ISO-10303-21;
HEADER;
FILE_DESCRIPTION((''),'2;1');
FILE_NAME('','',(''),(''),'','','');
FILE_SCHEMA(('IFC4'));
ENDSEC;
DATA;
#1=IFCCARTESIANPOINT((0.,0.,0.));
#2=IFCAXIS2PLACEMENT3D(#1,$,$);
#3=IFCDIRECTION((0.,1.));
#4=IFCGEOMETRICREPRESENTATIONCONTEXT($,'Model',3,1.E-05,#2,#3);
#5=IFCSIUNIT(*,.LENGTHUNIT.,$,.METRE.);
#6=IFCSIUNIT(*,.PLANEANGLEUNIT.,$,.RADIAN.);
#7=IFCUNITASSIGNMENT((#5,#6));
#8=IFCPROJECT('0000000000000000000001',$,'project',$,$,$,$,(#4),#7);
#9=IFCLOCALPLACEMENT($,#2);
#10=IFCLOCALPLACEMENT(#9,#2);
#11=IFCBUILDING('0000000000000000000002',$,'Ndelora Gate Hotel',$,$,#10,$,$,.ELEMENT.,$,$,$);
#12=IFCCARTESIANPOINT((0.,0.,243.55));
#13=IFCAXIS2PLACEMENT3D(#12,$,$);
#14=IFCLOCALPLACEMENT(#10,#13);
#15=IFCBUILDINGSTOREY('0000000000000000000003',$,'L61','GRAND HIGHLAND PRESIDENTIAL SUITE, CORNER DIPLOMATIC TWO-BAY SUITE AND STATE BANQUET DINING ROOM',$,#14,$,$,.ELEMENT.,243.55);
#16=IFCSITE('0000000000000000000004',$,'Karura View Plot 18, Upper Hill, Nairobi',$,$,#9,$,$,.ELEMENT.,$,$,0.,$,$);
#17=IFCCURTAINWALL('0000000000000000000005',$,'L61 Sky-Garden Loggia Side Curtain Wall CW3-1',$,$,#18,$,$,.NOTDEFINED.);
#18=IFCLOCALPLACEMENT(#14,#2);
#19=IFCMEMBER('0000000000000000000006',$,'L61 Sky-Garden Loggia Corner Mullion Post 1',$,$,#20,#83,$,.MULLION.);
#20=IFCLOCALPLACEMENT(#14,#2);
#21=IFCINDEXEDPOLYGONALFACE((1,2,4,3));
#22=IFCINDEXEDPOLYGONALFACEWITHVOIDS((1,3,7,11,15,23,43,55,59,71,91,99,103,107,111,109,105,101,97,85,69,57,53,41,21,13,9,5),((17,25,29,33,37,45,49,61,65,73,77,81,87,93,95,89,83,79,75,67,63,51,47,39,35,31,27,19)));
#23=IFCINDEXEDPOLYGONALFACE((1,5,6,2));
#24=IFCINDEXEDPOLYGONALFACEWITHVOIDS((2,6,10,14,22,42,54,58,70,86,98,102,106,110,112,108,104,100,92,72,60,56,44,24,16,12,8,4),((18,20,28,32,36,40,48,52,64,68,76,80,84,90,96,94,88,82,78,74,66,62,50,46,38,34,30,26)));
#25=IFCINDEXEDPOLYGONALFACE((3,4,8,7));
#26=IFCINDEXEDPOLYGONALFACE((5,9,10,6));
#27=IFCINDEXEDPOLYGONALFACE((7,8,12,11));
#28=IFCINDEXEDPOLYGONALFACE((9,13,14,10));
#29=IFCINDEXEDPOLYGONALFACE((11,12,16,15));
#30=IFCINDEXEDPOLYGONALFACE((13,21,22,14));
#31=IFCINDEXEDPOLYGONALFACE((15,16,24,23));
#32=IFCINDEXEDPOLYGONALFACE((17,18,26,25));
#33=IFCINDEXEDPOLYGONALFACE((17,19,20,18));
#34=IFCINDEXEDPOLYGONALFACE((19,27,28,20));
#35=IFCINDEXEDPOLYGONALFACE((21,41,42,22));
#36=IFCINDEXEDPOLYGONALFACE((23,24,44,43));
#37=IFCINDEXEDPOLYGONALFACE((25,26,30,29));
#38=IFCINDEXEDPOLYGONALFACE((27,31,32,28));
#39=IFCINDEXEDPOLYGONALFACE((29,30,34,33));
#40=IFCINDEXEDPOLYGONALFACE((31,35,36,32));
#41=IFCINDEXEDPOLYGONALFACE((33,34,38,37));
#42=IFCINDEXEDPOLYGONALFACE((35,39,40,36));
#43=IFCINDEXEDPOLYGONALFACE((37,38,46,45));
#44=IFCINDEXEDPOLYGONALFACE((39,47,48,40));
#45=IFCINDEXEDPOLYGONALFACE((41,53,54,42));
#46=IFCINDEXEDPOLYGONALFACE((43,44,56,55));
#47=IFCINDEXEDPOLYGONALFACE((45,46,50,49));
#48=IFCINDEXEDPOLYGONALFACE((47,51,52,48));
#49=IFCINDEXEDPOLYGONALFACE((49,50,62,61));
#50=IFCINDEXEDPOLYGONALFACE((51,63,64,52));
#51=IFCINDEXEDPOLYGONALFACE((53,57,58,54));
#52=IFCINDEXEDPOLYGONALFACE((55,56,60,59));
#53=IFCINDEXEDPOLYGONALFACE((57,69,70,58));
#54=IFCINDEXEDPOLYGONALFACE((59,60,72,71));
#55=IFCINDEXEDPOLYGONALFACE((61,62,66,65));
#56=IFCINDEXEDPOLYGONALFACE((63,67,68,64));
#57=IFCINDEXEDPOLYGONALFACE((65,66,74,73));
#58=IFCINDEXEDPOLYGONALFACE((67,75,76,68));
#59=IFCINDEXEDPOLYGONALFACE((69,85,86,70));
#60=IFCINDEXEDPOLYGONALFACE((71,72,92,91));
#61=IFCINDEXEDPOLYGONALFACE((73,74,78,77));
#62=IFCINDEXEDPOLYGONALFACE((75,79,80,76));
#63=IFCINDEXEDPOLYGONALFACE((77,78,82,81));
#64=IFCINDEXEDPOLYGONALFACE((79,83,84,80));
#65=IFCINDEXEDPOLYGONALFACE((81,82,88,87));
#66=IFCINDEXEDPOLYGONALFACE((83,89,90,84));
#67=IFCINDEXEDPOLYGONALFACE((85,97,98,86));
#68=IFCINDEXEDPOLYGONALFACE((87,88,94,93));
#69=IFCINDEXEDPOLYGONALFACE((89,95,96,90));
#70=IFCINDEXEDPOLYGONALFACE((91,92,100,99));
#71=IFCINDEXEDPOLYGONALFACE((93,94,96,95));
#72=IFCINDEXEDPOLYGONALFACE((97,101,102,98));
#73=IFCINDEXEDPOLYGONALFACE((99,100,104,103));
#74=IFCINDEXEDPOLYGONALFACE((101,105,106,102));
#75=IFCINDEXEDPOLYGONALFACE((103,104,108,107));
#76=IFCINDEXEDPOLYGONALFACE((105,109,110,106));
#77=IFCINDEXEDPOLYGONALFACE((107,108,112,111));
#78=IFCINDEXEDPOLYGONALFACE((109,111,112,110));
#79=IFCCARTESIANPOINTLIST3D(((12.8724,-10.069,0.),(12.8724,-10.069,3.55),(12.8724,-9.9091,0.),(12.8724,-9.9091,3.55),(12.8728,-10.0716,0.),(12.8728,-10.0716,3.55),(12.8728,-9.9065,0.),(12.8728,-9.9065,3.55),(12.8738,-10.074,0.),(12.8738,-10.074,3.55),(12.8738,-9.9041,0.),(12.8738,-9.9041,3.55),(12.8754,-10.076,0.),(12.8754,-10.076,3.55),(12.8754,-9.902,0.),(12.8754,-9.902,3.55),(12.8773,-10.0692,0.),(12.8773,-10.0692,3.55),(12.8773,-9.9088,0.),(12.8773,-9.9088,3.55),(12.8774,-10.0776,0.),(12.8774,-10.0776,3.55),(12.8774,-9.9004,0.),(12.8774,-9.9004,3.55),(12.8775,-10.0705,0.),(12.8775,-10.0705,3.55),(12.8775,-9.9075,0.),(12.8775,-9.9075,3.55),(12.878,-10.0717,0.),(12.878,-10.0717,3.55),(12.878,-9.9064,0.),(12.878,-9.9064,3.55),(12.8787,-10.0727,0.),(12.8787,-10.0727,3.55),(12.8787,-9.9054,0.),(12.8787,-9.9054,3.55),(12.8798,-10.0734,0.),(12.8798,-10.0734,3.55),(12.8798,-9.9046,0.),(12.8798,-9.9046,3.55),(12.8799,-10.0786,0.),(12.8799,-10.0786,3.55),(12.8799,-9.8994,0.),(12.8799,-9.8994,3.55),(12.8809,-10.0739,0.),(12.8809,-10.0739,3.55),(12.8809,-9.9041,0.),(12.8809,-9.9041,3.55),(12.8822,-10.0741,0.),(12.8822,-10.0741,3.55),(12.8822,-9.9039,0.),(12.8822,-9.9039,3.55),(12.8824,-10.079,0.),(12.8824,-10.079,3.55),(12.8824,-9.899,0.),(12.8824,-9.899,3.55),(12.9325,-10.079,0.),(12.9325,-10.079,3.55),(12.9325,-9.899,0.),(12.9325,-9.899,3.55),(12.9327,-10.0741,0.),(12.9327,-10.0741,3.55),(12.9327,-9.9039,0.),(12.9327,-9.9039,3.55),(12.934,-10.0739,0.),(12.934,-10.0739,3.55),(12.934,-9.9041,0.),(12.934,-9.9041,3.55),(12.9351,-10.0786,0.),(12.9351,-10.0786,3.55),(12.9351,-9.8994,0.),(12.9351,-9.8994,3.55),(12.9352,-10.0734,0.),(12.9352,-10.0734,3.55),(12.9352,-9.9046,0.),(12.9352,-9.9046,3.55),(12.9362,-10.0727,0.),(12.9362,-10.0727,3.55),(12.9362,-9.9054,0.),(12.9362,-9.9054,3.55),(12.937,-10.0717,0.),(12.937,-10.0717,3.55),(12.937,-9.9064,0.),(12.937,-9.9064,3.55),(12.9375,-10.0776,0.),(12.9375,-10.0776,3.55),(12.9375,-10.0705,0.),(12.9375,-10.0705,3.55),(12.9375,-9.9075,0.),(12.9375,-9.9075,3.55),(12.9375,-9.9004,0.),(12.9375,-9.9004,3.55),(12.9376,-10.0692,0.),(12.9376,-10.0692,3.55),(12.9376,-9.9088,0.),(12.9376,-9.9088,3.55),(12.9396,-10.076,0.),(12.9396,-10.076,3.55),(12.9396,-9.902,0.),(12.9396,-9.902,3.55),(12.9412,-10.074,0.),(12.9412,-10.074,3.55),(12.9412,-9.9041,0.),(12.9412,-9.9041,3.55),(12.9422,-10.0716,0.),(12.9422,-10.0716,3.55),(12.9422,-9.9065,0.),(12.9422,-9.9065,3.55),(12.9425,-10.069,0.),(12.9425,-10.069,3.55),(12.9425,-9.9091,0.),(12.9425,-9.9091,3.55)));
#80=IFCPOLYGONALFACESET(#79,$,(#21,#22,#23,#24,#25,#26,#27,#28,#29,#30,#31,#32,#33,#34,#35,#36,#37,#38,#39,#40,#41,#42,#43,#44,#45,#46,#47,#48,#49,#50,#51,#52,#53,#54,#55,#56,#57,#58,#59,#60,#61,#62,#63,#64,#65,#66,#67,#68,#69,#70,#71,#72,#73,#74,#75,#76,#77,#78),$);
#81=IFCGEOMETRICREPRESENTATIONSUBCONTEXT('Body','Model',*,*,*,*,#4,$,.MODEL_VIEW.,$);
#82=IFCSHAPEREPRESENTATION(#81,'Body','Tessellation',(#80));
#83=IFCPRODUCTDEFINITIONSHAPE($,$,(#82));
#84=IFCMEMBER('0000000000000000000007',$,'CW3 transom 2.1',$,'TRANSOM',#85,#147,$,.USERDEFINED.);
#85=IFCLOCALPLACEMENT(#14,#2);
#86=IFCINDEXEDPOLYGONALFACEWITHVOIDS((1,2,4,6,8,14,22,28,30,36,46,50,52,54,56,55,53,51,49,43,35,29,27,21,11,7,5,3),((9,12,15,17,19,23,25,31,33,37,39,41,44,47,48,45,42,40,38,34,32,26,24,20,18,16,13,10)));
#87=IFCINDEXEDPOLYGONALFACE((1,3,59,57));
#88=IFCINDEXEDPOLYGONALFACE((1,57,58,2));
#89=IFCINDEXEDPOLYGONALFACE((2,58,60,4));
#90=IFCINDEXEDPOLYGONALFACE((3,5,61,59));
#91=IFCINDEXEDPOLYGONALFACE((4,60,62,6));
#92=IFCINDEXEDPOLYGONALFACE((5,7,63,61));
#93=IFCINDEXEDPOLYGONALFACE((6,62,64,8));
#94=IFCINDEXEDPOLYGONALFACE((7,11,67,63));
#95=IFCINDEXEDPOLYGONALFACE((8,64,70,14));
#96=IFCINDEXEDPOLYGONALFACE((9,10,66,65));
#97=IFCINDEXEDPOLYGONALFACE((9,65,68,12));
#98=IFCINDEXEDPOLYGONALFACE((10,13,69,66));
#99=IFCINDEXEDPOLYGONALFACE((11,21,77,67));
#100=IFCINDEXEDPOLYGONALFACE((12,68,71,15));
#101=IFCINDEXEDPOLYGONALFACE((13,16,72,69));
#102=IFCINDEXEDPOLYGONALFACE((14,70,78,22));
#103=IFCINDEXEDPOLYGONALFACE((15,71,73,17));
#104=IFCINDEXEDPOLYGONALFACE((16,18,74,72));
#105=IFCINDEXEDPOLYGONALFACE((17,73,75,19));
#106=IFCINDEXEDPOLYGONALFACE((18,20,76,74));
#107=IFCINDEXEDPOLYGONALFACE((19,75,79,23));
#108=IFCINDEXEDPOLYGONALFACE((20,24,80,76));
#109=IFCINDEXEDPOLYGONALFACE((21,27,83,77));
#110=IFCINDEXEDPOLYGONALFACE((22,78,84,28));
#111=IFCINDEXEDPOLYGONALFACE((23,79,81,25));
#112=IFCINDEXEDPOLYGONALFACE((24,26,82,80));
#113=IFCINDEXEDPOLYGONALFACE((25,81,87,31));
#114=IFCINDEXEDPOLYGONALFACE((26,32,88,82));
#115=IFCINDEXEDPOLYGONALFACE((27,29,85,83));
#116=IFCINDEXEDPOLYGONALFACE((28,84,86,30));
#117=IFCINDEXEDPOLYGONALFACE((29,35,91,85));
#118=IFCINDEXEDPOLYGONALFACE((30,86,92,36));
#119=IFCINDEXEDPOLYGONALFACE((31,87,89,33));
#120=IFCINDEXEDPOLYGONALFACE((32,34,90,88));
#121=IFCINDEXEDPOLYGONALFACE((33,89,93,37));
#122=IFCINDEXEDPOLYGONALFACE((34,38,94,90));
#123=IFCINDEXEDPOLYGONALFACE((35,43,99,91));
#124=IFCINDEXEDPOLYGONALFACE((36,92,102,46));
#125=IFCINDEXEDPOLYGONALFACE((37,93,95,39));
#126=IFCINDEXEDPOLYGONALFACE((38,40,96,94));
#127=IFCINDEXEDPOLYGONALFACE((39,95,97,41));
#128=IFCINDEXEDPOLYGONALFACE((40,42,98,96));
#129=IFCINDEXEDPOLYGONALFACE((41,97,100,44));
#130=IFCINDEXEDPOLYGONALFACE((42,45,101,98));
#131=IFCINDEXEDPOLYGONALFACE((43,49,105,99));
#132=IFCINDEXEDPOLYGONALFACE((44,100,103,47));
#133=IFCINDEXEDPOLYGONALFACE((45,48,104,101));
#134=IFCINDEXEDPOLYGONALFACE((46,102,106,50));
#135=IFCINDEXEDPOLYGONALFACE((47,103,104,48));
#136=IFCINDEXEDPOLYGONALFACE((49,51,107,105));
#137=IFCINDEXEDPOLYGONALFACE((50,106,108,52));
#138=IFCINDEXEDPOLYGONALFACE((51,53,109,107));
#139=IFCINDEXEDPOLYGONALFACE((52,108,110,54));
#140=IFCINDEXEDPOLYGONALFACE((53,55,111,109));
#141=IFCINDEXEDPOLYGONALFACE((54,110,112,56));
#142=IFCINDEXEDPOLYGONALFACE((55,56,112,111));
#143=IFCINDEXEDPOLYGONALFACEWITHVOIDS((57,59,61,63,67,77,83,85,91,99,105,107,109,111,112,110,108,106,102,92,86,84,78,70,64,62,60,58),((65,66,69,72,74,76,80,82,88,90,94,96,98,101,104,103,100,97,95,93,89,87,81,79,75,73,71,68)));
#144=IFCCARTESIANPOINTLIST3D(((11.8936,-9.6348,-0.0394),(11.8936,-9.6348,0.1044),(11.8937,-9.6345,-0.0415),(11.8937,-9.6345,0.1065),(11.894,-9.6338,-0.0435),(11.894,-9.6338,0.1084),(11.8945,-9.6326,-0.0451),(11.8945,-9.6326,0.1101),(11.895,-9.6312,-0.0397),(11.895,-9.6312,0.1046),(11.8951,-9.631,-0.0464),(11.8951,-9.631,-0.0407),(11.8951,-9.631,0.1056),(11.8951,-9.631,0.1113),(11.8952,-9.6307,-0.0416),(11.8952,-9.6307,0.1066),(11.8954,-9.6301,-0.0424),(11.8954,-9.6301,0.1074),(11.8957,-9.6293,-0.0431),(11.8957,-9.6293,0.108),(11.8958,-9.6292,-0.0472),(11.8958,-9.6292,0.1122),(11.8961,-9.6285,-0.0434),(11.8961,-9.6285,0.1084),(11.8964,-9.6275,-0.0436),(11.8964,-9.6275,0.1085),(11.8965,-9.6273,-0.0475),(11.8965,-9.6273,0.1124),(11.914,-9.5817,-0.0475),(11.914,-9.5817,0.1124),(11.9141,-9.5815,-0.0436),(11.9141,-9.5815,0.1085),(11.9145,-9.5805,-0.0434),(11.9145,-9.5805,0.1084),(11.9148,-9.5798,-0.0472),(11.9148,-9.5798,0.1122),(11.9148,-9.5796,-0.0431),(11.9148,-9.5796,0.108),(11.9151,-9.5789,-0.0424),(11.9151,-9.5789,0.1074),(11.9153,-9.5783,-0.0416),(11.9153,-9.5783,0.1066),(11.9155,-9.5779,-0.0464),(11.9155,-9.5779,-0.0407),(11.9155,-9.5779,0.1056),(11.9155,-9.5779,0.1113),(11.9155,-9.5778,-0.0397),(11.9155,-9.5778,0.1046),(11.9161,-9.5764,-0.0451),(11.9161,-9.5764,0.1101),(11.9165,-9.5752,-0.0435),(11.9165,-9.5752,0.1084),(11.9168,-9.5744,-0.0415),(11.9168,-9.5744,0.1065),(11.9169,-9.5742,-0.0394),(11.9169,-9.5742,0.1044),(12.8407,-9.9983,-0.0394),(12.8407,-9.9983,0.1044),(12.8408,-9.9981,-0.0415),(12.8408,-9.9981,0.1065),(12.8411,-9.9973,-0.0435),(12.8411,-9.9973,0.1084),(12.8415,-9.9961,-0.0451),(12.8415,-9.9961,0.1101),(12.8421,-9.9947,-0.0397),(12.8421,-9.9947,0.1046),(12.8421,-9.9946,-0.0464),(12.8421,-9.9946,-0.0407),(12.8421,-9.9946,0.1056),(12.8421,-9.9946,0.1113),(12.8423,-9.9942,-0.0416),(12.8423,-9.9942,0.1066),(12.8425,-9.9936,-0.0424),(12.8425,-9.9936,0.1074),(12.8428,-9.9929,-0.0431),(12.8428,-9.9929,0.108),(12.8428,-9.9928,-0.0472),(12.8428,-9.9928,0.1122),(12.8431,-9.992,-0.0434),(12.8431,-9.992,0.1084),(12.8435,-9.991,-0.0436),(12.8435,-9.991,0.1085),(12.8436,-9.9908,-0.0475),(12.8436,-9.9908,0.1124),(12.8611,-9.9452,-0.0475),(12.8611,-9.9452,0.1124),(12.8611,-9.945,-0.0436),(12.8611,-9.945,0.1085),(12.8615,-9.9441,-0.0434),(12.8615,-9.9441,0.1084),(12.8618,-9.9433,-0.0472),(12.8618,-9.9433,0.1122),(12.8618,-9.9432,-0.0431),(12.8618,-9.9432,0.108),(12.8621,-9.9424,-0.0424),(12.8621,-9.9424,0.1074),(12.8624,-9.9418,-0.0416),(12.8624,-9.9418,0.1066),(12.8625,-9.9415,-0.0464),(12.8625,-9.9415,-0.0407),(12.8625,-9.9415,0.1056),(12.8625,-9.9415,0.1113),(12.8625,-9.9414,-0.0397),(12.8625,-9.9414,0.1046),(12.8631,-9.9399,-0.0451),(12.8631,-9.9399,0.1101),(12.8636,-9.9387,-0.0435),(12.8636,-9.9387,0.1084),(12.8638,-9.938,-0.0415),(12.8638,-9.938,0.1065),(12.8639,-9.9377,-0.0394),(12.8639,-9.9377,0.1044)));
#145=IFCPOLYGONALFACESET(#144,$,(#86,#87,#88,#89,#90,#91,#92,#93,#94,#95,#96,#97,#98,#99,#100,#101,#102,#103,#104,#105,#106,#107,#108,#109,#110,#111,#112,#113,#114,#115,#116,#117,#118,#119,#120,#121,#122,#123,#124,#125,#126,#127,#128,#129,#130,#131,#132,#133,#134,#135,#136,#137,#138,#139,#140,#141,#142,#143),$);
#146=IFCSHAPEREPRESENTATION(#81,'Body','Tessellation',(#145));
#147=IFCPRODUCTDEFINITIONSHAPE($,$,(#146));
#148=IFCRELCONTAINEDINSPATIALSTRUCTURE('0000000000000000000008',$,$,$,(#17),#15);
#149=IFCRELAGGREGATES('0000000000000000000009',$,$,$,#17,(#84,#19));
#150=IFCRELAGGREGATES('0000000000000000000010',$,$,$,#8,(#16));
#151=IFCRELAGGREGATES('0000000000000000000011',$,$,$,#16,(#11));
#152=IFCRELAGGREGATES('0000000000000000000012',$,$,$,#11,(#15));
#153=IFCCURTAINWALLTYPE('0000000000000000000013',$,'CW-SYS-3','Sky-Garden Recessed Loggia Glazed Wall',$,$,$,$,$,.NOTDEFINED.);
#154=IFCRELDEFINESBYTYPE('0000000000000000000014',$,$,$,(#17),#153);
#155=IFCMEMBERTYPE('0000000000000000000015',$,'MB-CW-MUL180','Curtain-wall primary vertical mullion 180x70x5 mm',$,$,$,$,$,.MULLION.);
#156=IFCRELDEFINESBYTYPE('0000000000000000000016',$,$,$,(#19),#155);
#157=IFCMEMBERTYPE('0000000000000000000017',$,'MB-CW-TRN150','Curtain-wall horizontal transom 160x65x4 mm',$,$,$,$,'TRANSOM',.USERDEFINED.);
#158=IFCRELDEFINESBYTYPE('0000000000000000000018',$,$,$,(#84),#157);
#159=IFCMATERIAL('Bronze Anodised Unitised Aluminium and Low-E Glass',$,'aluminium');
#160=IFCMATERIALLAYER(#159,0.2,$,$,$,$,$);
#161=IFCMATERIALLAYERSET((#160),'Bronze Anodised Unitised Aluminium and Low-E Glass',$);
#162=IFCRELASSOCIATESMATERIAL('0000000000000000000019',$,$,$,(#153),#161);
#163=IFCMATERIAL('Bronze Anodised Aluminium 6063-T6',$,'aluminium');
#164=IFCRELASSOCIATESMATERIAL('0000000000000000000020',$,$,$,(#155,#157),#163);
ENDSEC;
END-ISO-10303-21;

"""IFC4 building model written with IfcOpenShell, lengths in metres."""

from ifc_helpers import new_model, si_unit, direction, frame, origin, origin_2d, place, context, subcontext, project, spatial, hollow_rectangle, extrude, material, layer, layer_set, material_profile, profile_set, type_object, element, aggregate, save


model = new_model("IFC4")

# Units and contexts
model_context = context("Model", 3, precision=1e-05, world=origin(), true_north=direction((0.0, 1.0)))
body_context = subcontext(model_context, "Body", "Model", "MODEL_VIEW")
ifc_project = project(units=[si_unit("LENGTHUNIT", "METRE"), si_unit("PLANEANGLEUNIT", "RADIAN")], contexts=[model_context])

# Site, building, storey
site_placement = place(None, origin())
site = spatial("IfcSite", under=ifc_project, at=site_placement, Name="Karura View Plot 18, Upper Hill, Nairobi", CompositionType="ELEMENT", RefElevation=0.0)
building_placement = place(site_placement, origin())
building = spatial("IfcBuilding", under=site, at=building_placement, Name="Ndelora Gate Hotel", CompositionType="ELEMENT")
storey_placement = place(building_placement, frame((0.0, 0.0, 243.55)))
storey = spatial("IfcBuildingStorey", under=building, at=storey_placement, Name="L61", Description="GRAND HIGHLAND PRESIDENTIAL SUITE, CORNER DIPLOMATIC TWO-BAY SUITE AND STATE BANQUET DINING ROOM", CompositionType="ELEMENT", Elevation=243.55)

# Curtain wall, members
ifc_material_1 = material(Name="Bronze Anodised Unitised Aluminium and Low-E Glass", Category="aluminium")
ifc_layer_1 = layer(ifc_material_1, 0.2)
ifc_layer_set_1 = layer_set([ifc_layer_1], Name="Bronze Anodised Unitised Aluminium and Low-E Glass")
curtain_wall_type = type_object("IfcCurtainWallType", Name="CW-SYS-3", Description="Sky-Garden Recessed Loggia Glazed Wall", PredefinedType="NOTDEFINED", material=ifc_layer_set_1)
curtain_wall_placement = place(storey_placement, origin())
curtain_wall = element("IfcCurtainWall", 1, at=curtain_wall_placement, inside=storey, type_object=curtain_wall_type, Name="L61 Sky-Garden Loggia Side Curtain Wall CW3-1", PredefinedType="NOTDEFINED")
ifc_material_2 = material(Name="Bronze Anodised Aluminium 6063-T6", Category="aluminium")
ifc_material_profile_1 = material_profile(ifc_material_2, hollow_rectangle(XDim=0.0701, YDim=0.1799, WallThickness=0.0049, InnerFilletRadius=0.0049, OuterFilletRadius=0.01, at=origin_2d()), Name="ALU 180x70x5")
ifc_profile_set_1 = profile_set([ifc_material_profile_1], Name="Bronze Anodised Aluminium 6063-T6")
member_type_1 = type_object("IfcMemberType", Name="MB-CW-MUL180", Description="Curtain-wall primary vertical mullion 180x70x5 mm", PredefinedType="MULLION", material=ifc_profile_set_1)
member_1_placement = place(storey_placement, frame((12.9075, -9.989, 0.0), z_axis=(0.0, 0.0, 1.0), x_axis=(1.0, 0.0, 0.0)))
member_1 = element("IfcMember", 2, at=member_1_placement, type_object=member_type_1, Name="L61 Sky-Garden Loggia Corner Mullion Post 1", PredefinedType="MULLION", context=body_context, shape_type="SweptSolid", body=[
    extrude(hollow_rectangle(XDim=0.0701, YDim=0.1799, WallThickness=0.0049, InnerFilletRadius=0.0049, OuterFilletRadius=0.01, at=origin_2d()), origin(), (0.0, 0.0, 1.0), 3.55),
])
ifc_material_profile_2 = material_profile(ifc_material_2, hollow_rectangle(XDim=0.0649, YDim=0.1599, WallThickness=0.0039, InnerFilletRadius=0.0039, OuterFilletRadius=0.0081, at=origin_2d()), Name="ALU 160x65x4")
ifc_profile_set_2 = profile_set([ifc_material_profile_2], Name="Bronze Anodised Aluminium 6063-T6")
member_type_2 = type_object("IfcMemberType", Name="MB-CW-TRN150", Description="Curtain-wall horizontal transom 160x65x4 mm", ElementType="TRANSOM", PredefinedType="USERDEFINED", material=ifc_profile_set_2)
member_2_placement = place(storey_placement, frame((11.9053, -9.6045, 0.0325), z_axis=(0.933581, -0.358366, 0.0), x_axis=(0.358366, 0.933581, 0.0)))
member_2 = element("IfcMember", 3, at=member_2_placement, type_object=member_type_2, Name="CW3 transom 2.1", ObjectType="TRANSOM", PredefinedType="USERDEFINED", context=body_context, shape_type="SweptSolid", body=[
    extrude(hollow_rectangle(XDim=0.0649, YDim=0.1599, WallThickness=0.0039, InnerFilletRadius=0.0039, OuterFilletRadius=0.0081, at=origin_2d()), origin(), (0.0, 0.0, 1.0), 1.0144),
])
aggregate(curtain_wall, [member_2, member_1])

save(model, "model.ifc")
